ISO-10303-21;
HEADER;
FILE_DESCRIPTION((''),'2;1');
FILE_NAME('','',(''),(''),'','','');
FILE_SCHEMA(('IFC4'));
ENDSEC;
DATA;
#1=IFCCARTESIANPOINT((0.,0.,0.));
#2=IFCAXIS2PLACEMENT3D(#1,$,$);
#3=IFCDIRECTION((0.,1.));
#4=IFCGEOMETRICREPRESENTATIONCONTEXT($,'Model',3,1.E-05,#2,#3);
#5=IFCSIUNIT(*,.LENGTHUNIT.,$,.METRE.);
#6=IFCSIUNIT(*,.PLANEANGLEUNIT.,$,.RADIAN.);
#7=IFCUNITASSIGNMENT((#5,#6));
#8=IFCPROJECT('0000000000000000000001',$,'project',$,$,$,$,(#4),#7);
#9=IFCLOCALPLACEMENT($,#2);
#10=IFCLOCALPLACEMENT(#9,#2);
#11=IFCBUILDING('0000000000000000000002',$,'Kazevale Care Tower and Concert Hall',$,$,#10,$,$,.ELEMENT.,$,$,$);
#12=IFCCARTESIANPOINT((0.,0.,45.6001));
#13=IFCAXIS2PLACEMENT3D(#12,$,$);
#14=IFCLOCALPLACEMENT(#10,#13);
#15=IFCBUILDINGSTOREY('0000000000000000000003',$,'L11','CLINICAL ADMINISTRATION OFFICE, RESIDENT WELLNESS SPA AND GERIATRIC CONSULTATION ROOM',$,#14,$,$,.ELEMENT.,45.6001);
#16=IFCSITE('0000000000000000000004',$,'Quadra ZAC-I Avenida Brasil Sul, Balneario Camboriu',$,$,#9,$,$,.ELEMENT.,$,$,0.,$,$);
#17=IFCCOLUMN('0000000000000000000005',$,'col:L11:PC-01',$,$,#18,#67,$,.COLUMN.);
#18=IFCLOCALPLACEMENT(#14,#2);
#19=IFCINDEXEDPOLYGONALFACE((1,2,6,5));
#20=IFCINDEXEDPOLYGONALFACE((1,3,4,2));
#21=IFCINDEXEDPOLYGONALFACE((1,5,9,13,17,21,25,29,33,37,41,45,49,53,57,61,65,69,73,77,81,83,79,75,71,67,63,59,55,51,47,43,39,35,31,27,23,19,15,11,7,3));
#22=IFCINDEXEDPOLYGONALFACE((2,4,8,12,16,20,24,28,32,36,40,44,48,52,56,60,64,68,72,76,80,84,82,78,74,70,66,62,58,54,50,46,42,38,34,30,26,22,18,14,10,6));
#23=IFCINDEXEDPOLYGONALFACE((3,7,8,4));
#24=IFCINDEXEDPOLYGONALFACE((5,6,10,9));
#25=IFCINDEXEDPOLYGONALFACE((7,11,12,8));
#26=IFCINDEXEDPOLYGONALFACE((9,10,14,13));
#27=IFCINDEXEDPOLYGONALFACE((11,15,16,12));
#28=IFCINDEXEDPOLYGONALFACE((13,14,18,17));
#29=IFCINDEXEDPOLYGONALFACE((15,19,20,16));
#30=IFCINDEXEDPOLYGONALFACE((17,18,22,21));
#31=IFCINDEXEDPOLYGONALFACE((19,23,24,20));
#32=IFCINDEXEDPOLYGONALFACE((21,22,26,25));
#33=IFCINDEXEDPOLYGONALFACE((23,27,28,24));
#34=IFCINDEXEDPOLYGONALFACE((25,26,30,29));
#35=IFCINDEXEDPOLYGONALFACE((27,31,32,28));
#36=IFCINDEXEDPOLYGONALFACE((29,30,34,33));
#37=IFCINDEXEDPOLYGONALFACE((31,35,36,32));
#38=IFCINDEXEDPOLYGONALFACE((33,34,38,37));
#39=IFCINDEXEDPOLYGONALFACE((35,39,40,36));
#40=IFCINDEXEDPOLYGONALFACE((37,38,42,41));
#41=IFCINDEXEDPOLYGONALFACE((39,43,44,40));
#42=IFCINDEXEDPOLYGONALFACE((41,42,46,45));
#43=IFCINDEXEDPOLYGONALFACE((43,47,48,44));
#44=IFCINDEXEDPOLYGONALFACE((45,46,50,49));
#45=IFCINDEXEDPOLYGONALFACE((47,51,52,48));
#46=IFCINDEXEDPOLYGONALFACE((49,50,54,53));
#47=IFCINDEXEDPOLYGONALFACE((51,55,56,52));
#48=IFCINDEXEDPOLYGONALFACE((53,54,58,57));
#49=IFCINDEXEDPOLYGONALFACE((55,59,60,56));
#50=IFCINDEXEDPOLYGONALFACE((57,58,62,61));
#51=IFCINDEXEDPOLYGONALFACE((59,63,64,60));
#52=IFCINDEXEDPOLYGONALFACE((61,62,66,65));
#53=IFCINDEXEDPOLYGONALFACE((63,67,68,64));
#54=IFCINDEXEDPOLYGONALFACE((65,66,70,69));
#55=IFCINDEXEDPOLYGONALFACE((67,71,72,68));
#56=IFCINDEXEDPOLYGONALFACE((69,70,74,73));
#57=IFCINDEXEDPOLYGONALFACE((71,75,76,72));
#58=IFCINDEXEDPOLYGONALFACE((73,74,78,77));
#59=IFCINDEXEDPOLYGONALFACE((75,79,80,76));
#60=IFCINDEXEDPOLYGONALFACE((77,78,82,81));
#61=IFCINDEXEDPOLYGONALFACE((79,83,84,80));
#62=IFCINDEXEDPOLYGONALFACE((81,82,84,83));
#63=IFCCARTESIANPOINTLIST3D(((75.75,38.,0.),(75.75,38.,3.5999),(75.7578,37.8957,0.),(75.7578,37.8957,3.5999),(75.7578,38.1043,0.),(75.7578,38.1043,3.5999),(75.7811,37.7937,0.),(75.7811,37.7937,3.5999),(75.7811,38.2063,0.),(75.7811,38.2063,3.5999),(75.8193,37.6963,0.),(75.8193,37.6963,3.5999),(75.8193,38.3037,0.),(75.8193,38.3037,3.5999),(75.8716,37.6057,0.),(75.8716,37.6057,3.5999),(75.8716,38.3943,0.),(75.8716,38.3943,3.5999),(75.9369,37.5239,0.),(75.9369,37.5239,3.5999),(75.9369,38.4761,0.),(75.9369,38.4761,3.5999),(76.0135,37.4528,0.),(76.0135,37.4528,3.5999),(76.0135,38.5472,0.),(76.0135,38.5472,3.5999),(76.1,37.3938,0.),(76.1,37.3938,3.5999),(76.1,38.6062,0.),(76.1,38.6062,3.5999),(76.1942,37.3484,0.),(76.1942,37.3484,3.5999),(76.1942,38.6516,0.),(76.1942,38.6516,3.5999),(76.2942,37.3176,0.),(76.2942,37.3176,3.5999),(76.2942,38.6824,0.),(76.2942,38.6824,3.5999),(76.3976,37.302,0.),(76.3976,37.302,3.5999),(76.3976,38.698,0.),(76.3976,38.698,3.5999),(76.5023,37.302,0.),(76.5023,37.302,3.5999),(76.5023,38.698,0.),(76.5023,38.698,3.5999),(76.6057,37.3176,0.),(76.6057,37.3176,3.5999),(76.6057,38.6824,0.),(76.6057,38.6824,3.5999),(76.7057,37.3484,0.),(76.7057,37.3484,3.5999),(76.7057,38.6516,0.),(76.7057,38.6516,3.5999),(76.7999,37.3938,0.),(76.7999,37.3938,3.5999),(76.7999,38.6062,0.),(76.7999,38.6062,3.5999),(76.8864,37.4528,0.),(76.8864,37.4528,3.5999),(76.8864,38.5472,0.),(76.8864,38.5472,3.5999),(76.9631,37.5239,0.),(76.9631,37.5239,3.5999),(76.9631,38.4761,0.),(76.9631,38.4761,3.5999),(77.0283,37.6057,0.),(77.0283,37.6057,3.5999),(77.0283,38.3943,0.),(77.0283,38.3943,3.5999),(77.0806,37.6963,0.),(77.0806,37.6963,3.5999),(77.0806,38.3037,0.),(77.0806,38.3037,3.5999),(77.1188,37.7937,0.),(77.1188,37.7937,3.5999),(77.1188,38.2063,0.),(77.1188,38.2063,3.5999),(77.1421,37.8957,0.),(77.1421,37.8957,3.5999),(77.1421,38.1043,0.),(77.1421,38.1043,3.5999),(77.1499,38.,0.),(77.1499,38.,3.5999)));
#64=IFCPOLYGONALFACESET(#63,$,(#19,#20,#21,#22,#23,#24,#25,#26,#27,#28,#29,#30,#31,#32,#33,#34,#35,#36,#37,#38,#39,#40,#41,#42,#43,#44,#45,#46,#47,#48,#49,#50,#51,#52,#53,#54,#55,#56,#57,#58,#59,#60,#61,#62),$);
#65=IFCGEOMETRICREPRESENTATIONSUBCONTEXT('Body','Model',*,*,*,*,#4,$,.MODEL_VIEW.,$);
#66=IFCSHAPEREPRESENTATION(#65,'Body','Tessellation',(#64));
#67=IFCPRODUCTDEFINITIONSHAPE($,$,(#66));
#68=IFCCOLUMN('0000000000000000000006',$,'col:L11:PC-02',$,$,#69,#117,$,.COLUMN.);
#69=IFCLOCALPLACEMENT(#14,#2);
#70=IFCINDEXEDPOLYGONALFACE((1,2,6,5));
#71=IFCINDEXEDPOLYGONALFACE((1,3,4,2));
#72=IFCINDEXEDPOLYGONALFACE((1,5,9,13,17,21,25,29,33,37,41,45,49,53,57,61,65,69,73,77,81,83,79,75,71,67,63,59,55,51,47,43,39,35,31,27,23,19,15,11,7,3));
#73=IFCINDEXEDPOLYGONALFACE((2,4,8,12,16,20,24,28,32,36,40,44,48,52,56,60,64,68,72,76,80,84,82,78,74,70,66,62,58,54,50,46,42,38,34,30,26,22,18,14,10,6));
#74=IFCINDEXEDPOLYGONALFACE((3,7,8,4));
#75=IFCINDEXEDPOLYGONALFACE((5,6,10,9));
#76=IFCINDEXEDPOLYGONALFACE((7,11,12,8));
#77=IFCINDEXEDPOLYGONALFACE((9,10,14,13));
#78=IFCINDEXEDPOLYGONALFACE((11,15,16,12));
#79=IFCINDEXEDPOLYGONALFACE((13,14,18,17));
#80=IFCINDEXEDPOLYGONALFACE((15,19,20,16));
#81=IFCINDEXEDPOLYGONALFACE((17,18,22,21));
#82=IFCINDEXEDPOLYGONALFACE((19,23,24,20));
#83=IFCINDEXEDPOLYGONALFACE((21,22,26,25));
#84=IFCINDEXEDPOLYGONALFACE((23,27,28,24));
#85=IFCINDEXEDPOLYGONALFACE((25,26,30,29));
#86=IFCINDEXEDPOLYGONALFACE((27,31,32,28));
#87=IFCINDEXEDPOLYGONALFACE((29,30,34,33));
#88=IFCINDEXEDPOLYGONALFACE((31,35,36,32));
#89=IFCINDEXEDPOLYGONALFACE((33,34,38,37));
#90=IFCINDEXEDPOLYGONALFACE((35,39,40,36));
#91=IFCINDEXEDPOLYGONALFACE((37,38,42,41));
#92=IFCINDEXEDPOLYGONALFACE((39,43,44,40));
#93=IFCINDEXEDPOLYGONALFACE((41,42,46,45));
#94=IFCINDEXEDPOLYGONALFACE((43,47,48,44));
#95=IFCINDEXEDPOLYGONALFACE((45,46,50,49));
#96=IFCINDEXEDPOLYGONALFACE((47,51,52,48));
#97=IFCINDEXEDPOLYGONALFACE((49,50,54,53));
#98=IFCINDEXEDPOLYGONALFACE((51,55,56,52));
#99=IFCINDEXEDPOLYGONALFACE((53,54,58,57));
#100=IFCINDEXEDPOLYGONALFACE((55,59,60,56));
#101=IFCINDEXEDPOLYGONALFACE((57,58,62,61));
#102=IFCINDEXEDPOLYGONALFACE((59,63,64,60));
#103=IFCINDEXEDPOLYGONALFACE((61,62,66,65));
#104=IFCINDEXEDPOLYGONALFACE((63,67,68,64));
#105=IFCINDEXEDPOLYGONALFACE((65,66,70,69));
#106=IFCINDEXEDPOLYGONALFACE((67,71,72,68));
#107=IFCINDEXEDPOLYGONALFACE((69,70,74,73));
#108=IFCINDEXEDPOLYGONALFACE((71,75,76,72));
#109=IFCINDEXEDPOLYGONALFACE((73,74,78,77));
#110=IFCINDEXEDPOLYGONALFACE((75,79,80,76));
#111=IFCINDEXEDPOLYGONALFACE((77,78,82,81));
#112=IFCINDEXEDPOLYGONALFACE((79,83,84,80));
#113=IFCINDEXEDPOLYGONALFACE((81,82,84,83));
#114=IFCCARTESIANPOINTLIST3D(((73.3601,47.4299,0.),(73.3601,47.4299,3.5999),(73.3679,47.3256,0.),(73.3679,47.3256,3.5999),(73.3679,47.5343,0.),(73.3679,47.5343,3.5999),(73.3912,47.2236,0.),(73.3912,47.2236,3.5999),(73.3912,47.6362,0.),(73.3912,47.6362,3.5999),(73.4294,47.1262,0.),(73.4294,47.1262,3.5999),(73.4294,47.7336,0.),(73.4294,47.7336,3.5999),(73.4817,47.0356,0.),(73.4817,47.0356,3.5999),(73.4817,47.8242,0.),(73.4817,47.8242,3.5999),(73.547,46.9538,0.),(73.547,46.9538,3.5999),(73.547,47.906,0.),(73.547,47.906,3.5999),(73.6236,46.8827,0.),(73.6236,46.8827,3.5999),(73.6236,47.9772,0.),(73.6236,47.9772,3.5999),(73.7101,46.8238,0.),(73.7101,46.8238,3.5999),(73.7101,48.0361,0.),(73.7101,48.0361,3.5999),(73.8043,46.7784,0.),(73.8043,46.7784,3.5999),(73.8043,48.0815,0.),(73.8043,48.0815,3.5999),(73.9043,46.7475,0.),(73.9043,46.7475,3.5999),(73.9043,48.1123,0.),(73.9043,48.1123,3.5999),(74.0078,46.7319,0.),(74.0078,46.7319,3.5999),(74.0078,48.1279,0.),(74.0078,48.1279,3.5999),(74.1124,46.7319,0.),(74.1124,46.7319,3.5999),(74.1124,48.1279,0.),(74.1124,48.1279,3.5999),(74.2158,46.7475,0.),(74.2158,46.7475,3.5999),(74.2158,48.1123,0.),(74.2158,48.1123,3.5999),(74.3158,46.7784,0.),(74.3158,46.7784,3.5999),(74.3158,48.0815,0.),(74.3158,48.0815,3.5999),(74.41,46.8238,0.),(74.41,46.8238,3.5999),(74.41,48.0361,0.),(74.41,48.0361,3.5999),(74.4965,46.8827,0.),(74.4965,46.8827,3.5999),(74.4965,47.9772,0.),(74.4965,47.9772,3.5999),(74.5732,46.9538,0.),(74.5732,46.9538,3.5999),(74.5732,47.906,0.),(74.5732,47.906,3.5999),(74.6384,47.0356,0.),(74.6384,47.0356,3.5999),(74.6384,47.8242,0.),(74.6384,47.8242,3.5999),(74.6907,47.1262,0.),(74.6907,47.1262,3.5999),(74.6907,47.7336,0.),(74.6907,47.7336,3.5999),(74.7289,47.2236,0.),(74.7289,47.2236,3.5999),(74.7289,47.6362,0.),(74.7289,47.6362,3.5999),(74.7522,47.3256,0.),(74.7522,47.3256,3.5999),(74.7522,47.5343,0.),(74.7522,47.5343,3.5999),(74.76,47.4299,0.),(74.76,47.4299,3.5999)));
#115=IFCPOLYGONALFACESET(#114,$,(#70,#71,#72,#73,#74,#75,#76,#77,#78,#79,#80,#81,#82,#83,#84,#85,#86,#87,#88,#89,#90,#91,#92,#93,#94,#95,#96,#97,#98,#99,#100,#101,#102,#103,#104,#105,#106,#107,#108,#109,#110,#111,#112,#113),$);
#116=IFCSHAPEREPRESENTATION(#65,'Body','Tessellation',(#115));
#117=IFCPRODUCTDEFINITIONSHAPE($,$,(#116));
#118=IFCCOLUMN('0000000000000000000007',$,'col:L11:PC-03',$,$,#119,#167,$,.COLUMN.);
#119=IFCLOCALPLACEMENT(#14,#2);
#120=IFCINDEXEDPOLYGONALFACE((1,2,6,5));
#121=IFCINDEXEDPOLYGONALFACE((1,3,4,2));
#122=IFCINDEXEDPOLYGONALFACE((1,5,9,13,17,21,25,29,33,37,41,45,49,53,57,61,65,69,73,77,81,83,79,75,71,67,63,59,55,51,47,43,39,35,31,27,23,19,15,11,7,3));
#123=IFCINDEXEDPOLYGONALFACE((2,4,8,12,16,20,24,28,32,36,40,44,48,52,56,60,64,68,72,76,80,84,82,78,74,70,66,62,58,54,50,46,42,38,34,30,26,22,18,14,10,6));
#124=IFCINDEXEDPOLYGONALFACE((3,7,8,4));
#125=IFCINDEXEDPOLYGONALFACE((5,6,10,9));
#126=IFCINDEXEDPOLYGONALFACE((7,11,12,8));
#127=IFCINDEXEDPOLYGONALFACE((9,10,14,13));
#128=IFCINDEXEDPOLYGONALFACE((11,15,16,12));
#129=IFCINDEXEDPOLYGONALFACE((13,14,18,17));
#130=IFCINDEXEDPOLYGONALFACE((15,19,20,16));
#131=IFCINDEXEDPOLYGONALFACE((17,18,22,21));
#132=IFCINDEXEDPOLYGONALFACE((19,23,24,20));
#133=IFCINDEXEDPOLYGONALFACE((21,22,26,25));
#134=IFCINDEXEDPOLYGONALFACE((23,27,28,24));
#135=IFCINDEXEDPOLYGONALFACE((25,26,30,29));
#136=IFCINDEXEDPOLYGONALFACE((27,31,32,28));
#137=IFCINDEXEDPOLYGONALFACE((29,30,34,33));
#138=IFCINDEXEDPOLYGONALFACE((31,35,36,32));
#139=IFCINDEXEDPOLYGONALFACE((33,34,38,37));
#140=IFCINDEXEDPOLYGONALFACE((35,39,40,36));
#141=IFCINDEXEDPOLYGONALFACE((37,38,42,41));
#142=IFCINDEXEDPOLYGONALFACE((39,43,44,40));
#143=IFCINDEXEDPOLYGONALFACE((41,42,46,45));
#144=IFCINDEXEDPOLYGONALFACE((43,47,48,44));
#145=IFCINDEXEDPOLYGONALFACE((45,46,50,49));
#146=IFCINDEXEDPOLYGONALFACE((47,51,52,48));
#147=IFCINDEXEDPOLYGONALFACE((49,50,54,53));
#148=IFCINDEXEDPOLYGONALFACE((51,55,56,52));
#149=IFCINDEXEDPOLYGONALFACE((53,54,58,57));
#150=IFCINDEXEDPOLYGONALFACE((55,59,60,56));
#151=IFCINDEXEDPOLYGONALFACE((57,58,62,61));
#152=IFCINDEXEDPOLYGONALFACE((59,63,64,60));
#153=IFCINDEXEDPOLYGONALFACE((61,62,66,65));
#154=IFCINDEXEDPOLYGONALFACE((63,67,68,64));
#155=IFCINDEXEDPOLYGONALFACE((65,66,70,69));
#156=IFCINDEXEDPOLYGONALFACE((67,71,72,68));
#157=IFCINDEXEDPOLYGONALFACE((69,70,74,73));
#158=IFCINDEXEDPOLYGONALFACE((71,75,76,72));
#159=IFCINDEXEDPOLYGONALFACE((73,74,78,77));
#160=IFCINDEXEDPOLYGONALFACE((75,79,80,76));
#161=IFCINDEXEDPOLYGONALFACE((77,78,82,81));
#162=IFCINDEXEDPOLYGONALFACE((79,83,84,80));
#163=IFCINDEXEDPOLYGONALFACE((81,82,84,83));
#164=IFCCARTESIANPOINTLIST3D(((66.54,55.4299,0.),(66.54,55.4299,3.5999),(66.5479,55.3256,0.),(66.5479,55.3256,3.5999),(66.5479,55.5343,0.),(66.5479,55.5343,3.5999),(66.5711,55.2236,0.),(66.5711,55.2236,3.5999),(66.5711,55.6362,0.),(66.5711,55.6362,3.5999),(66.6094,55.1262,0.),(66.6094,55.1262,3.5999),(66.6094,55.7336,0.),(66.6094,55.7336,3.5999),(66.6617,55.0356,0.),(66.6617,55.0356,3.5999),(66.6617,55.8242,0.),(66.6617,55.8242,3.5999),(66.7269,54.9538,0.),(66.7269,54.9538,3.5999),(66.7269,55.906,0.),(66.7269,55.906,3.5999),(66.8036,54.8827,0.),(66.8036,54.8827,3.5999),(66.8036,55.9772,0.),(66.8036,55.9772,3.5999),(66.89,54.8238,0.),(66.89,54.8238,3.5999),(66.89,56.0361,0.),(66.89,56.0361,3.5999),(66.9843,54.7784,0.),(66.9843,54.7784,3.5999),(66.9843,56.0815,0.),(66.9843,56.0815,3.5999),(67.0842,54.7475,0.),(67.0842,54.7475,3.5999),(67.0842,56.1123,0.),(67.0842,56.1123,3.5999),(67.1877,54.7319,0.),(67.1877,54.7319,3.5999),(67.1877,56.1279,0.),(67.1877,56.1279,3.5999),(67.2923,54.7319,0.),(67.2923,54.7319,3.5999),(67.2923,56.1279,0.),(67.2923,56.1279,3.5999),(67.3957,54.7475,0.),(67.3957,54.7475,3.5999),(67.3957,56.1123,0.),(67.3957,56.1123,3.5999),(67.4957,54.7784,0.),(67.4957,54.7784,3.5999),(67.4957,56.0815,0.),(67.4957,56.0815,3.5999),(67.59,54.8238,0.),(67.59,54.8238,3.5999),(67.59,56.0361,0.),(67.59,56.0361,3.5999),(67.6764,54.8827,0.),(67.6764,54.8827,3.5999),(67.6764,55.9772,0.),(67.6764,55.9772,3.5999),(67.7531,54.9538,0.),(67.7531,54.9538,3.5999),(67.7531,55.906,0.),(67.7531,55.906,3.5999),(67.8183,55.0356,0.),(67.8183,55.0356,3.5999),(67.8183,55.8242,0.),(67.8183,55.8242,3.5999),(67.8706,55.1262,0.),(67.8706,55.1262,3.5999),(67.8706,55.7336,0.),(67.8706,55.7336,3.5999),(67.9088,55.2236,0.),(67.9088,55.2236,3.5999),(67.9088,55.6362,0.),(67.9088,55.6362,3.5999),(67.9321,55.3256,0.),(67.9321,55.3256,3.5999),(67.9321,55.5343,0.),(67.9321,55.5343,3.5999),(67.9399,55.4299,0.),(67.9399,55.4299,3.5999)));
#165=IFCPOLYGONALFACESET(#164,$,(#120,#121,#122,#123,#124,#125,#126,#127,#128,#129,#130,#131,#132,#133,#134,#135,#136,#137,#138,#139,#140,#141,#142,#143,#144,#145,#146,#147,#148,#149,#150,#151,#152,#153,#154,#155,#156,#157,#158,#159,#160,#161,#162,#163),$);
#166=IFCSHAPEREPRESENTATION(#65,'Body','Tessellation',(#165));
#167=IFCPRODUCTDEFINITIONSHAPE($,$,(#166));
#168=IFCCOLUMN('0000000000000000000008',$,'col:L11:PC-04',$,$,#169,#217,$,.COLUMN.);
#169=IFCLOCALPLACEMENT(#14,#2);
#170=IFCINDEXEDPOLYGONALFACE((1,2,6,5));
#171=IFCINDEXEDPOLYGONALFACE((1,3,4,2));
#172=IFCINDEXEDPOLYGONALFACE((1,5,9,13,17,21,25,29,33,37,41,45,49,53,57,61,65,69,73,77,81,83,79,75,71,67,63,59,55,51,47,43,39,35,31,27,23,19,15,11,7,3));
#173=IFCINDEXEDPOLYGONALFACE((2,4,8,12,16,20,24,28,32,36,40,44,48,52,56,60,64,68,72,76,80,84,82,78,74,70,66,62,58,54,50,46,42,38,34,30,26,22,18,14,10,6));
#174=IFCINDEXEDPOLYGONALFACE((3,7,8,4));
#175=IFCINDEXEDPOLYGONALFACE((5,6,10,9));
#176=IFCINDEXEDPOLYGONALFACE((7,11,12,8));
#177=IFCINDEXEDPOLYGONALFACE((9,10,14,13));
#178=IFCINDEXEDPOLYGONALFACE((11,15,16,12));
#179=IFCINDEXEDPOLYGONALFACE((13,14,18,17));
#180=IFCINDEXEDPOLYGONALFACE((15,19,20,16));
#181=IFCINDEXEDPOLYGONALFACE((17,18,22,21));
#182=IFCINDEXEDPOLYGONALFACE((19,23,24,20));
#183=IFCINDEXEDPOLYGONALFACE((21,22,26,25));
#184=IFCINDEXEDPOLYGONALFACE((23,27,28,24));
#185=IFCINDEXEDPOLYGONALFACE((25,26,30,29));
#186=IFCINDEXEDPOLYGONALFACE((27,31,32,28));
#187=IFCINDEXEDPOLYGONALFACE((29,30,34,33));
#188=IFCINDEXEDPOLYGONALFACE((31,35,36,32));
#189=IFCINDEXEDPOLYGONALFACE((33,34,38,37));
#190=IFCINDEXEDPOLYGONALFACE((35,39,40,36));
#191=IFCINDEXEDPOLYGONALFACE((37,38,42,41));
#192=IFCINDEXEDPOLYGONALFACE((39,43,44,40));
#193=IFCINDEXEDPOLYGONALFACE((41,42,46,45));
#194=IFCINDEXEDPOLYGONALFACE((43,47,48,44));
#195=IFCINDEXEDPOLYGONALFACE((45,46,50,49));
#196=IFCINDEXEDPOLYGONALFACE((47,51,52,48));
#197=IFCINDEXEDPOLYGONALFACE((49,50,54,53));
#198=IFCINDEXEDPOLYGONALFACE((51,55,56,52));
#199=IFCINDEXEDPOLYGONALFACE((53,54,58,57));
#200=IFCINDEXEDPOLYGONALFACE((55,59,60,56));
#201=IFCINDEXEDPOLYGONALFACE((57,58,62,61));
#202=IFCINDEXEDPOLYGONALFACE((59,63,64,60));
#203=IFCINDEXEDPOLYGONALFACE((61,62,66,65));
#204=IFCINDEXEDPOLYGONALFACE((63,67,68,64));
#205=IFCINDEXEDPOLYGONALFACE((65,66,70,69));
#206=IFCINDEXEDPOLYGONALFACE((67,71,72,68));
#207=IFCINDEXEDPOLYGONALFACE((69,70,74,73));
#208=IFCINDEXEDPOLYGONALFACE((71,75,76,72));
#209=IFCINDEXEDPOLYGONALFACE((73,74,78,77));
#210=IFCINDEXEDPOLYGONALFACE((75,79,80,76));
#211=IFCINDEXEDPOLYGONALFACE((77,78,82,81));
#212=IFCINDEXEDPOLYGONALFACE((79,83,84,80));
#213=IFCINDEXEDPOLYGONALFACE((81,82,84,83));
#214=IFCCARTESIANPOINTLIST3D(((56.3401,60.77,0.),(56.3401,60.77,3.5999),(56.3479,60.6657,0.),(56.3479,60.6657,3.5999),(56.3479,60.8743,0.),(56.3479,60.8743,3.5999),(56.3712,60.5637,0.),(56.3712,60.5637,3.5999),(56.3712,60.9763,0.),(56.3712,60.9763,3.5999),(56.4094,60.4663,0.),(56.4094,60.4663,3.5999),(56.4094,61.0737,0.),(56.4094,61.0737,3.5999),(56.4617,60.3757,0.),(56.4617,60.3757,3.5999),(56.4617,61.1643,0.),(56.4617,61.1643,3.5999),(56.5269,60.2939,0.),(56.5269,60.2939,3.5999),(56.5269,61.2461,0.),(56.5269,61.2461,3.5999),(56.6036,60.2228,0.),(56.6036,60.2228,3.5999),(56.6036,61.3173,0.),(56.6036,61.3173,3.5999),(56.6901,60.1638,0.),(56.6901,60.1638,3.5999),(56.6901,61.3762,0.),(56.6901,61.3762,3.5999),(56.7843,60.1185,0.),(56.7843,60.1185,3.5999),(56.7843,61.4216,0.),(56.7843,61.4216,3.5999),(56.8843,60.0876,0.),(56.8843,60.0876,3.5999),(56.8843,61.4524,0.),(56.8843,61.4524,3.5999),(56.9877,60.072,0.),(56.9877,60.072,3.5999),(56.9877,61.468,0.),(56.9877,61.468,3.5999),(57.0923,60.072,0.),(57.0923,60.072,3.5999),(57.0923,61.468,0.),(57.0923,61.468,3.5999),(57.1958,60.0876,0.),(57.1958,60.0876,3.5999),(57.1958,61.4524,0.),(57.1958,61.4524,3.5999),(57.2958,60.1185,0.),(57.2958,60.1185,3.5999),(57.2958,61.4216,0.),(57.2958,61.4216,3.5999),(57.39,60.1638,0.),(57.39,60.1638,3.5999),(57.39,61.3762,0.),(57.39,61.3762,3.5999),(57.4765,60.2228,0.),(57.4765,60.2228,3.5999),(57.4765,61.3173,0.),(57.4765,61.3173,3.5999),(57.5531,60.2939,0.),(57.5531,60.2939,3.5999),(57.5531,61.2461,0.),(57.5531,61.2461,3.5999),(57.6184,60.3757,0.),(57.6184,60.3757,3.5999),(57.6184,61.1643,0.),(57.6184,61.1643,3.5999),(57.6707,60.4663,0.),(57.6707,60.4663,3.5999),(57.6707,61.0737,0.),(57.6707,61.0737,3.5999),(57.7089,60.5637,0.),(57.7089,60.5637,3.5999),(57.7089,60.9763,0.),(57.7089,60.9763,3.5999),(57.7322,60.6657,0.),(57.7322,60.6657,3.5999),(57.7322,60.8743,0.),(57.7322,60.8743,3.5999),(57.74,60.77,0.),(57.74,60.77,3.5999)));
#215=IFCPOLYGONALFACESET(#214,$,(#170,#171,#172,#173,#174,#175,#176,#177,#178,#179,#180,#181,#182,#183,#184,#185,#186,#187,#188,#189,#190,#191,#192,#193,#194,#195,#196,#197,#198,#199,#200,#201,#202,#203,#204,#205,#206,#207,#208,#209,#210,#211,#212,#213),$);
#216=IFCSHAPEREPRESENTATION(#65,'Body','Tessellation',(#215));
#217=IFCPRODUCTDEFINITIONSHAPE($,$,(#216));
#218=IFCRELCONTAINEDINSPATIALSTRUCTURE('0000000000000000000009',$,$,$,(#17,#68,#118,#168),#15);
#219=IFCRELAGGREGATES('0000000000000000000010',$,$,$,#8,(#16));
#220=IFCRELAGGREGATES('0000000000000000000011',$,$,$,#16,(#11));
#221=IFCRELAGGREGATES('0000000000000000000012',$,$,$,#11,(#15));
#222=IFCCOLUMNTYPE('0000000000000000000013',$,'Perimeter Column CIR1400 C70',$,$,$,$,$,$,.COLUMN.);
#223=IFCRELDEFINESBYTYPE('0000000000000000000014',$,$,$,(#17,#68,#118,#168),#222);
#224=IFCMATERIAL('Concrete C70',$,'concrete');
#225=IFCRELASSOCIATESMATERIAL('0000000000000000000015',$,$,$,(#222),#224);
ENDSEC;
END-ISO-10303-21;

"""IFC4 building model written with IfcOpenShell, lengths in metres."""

from ifc_helpers import new_model, si_unit, direction, frame, origin, origin_2d, place, context, subcontext, project, spatial, circle, extrude, material, material_profile, profile_set, type_object, element, save


model = new_model("IFC4")

# Units and contexts
model_context = context("Model", 3, precision=1e-05, world=origin(), true_north=direction((0.0, 1.0)))
body_context = subcontext(model_context, "Body", "Model", "MODEL_VIEW")
ifc_project = project(units=[si_unit("LENGTHUNIT", "METRE"), si_unit("PLANEANGLEUNIT", "RADIAN")], contexts=[model_context])

# Site, building, storey
site_placement = place(None, origin())
site = spatial("IfcSite", under=ifc_project, at=site_placement, Name="Quadra ZAC-I Avenida Brasil Sul, Balneario Camboriu", CompositionType="ELEMENT", RefElevation=0.0)
building_placement = place(site_placement, origin())
building = spatial("IfcBuilding", under=site, at=building_placement, Name="Kazevale Care Tower and Concert Hall", CompositionType="ELEMENT")
storey_placement = place(building_placement, frame((0.0, 0.0, 45.6001)))
storey = spatial("IfcBuildingStorey", under=building, at=storey_placement, Name="L11", Description="CLINICAL ADMINISTRATION OFFICE, RESIDENT WELLNESS SPA AND GERIATRIC CONSULTATION ROOM", CompositionType="ELEMENT", Elevation=45.6001)

# Columns
ifc_material_1 = material(Name="Concrete C70", Category="concrete")
ifc_material_profile_1 = material_profile(ifc_material_1, circle(Radius=0.7, at=origin_2d()), Name="RC-CIR1400")
ifc_profile_set_1 = profile_set([ifc_material_profile_1], Name="Concrete C70")
column_type = type_object("IfcColumnType", Name="Perimeter Column CIR1400 C70", PredefinedType="COLUMN", material=ifc_profile_set_1)
for number, where, z_axis, x_axis, name in (
    (1, (76.45, 38.0, 0.0), (0.0, 0.0, 1.0), (1.0, 0.0, 0.0), "col:L11:PC-01"),
    (2, (74.0601, 47.4299, 0.0), (0.0, 0.0, 1.0), (1.0, 0.0, 0.0), "col:L11:PC-02"),
    (3, (67.24, 55.4299, 0.0), (0.0, 0.0, 1.0), (1.0, 0.0, 0.0), "col:L11:PC-03"),
    (4, (57.04, 60.77, 0.0), (0.0, 0.0, 1.0), (1.0, 0.0, 0.0), "col:L11:PC-04"),
):
    element("IfcColumn", number, at=place(storey_placement, frame(where, z_axis=z_axis, x_axis=x_axis)), inside=storey, type_object=column_type, Name=name, PredefinedType="COLUMN", context=body_context, shape_type="SweptSolid", body=[
        extrude(circle(Radius=0.7, at=origin_2d()), origin(), (0.0, 0.0, 1.0), 3.5999),
    ])

save(model, "model.ifc")
